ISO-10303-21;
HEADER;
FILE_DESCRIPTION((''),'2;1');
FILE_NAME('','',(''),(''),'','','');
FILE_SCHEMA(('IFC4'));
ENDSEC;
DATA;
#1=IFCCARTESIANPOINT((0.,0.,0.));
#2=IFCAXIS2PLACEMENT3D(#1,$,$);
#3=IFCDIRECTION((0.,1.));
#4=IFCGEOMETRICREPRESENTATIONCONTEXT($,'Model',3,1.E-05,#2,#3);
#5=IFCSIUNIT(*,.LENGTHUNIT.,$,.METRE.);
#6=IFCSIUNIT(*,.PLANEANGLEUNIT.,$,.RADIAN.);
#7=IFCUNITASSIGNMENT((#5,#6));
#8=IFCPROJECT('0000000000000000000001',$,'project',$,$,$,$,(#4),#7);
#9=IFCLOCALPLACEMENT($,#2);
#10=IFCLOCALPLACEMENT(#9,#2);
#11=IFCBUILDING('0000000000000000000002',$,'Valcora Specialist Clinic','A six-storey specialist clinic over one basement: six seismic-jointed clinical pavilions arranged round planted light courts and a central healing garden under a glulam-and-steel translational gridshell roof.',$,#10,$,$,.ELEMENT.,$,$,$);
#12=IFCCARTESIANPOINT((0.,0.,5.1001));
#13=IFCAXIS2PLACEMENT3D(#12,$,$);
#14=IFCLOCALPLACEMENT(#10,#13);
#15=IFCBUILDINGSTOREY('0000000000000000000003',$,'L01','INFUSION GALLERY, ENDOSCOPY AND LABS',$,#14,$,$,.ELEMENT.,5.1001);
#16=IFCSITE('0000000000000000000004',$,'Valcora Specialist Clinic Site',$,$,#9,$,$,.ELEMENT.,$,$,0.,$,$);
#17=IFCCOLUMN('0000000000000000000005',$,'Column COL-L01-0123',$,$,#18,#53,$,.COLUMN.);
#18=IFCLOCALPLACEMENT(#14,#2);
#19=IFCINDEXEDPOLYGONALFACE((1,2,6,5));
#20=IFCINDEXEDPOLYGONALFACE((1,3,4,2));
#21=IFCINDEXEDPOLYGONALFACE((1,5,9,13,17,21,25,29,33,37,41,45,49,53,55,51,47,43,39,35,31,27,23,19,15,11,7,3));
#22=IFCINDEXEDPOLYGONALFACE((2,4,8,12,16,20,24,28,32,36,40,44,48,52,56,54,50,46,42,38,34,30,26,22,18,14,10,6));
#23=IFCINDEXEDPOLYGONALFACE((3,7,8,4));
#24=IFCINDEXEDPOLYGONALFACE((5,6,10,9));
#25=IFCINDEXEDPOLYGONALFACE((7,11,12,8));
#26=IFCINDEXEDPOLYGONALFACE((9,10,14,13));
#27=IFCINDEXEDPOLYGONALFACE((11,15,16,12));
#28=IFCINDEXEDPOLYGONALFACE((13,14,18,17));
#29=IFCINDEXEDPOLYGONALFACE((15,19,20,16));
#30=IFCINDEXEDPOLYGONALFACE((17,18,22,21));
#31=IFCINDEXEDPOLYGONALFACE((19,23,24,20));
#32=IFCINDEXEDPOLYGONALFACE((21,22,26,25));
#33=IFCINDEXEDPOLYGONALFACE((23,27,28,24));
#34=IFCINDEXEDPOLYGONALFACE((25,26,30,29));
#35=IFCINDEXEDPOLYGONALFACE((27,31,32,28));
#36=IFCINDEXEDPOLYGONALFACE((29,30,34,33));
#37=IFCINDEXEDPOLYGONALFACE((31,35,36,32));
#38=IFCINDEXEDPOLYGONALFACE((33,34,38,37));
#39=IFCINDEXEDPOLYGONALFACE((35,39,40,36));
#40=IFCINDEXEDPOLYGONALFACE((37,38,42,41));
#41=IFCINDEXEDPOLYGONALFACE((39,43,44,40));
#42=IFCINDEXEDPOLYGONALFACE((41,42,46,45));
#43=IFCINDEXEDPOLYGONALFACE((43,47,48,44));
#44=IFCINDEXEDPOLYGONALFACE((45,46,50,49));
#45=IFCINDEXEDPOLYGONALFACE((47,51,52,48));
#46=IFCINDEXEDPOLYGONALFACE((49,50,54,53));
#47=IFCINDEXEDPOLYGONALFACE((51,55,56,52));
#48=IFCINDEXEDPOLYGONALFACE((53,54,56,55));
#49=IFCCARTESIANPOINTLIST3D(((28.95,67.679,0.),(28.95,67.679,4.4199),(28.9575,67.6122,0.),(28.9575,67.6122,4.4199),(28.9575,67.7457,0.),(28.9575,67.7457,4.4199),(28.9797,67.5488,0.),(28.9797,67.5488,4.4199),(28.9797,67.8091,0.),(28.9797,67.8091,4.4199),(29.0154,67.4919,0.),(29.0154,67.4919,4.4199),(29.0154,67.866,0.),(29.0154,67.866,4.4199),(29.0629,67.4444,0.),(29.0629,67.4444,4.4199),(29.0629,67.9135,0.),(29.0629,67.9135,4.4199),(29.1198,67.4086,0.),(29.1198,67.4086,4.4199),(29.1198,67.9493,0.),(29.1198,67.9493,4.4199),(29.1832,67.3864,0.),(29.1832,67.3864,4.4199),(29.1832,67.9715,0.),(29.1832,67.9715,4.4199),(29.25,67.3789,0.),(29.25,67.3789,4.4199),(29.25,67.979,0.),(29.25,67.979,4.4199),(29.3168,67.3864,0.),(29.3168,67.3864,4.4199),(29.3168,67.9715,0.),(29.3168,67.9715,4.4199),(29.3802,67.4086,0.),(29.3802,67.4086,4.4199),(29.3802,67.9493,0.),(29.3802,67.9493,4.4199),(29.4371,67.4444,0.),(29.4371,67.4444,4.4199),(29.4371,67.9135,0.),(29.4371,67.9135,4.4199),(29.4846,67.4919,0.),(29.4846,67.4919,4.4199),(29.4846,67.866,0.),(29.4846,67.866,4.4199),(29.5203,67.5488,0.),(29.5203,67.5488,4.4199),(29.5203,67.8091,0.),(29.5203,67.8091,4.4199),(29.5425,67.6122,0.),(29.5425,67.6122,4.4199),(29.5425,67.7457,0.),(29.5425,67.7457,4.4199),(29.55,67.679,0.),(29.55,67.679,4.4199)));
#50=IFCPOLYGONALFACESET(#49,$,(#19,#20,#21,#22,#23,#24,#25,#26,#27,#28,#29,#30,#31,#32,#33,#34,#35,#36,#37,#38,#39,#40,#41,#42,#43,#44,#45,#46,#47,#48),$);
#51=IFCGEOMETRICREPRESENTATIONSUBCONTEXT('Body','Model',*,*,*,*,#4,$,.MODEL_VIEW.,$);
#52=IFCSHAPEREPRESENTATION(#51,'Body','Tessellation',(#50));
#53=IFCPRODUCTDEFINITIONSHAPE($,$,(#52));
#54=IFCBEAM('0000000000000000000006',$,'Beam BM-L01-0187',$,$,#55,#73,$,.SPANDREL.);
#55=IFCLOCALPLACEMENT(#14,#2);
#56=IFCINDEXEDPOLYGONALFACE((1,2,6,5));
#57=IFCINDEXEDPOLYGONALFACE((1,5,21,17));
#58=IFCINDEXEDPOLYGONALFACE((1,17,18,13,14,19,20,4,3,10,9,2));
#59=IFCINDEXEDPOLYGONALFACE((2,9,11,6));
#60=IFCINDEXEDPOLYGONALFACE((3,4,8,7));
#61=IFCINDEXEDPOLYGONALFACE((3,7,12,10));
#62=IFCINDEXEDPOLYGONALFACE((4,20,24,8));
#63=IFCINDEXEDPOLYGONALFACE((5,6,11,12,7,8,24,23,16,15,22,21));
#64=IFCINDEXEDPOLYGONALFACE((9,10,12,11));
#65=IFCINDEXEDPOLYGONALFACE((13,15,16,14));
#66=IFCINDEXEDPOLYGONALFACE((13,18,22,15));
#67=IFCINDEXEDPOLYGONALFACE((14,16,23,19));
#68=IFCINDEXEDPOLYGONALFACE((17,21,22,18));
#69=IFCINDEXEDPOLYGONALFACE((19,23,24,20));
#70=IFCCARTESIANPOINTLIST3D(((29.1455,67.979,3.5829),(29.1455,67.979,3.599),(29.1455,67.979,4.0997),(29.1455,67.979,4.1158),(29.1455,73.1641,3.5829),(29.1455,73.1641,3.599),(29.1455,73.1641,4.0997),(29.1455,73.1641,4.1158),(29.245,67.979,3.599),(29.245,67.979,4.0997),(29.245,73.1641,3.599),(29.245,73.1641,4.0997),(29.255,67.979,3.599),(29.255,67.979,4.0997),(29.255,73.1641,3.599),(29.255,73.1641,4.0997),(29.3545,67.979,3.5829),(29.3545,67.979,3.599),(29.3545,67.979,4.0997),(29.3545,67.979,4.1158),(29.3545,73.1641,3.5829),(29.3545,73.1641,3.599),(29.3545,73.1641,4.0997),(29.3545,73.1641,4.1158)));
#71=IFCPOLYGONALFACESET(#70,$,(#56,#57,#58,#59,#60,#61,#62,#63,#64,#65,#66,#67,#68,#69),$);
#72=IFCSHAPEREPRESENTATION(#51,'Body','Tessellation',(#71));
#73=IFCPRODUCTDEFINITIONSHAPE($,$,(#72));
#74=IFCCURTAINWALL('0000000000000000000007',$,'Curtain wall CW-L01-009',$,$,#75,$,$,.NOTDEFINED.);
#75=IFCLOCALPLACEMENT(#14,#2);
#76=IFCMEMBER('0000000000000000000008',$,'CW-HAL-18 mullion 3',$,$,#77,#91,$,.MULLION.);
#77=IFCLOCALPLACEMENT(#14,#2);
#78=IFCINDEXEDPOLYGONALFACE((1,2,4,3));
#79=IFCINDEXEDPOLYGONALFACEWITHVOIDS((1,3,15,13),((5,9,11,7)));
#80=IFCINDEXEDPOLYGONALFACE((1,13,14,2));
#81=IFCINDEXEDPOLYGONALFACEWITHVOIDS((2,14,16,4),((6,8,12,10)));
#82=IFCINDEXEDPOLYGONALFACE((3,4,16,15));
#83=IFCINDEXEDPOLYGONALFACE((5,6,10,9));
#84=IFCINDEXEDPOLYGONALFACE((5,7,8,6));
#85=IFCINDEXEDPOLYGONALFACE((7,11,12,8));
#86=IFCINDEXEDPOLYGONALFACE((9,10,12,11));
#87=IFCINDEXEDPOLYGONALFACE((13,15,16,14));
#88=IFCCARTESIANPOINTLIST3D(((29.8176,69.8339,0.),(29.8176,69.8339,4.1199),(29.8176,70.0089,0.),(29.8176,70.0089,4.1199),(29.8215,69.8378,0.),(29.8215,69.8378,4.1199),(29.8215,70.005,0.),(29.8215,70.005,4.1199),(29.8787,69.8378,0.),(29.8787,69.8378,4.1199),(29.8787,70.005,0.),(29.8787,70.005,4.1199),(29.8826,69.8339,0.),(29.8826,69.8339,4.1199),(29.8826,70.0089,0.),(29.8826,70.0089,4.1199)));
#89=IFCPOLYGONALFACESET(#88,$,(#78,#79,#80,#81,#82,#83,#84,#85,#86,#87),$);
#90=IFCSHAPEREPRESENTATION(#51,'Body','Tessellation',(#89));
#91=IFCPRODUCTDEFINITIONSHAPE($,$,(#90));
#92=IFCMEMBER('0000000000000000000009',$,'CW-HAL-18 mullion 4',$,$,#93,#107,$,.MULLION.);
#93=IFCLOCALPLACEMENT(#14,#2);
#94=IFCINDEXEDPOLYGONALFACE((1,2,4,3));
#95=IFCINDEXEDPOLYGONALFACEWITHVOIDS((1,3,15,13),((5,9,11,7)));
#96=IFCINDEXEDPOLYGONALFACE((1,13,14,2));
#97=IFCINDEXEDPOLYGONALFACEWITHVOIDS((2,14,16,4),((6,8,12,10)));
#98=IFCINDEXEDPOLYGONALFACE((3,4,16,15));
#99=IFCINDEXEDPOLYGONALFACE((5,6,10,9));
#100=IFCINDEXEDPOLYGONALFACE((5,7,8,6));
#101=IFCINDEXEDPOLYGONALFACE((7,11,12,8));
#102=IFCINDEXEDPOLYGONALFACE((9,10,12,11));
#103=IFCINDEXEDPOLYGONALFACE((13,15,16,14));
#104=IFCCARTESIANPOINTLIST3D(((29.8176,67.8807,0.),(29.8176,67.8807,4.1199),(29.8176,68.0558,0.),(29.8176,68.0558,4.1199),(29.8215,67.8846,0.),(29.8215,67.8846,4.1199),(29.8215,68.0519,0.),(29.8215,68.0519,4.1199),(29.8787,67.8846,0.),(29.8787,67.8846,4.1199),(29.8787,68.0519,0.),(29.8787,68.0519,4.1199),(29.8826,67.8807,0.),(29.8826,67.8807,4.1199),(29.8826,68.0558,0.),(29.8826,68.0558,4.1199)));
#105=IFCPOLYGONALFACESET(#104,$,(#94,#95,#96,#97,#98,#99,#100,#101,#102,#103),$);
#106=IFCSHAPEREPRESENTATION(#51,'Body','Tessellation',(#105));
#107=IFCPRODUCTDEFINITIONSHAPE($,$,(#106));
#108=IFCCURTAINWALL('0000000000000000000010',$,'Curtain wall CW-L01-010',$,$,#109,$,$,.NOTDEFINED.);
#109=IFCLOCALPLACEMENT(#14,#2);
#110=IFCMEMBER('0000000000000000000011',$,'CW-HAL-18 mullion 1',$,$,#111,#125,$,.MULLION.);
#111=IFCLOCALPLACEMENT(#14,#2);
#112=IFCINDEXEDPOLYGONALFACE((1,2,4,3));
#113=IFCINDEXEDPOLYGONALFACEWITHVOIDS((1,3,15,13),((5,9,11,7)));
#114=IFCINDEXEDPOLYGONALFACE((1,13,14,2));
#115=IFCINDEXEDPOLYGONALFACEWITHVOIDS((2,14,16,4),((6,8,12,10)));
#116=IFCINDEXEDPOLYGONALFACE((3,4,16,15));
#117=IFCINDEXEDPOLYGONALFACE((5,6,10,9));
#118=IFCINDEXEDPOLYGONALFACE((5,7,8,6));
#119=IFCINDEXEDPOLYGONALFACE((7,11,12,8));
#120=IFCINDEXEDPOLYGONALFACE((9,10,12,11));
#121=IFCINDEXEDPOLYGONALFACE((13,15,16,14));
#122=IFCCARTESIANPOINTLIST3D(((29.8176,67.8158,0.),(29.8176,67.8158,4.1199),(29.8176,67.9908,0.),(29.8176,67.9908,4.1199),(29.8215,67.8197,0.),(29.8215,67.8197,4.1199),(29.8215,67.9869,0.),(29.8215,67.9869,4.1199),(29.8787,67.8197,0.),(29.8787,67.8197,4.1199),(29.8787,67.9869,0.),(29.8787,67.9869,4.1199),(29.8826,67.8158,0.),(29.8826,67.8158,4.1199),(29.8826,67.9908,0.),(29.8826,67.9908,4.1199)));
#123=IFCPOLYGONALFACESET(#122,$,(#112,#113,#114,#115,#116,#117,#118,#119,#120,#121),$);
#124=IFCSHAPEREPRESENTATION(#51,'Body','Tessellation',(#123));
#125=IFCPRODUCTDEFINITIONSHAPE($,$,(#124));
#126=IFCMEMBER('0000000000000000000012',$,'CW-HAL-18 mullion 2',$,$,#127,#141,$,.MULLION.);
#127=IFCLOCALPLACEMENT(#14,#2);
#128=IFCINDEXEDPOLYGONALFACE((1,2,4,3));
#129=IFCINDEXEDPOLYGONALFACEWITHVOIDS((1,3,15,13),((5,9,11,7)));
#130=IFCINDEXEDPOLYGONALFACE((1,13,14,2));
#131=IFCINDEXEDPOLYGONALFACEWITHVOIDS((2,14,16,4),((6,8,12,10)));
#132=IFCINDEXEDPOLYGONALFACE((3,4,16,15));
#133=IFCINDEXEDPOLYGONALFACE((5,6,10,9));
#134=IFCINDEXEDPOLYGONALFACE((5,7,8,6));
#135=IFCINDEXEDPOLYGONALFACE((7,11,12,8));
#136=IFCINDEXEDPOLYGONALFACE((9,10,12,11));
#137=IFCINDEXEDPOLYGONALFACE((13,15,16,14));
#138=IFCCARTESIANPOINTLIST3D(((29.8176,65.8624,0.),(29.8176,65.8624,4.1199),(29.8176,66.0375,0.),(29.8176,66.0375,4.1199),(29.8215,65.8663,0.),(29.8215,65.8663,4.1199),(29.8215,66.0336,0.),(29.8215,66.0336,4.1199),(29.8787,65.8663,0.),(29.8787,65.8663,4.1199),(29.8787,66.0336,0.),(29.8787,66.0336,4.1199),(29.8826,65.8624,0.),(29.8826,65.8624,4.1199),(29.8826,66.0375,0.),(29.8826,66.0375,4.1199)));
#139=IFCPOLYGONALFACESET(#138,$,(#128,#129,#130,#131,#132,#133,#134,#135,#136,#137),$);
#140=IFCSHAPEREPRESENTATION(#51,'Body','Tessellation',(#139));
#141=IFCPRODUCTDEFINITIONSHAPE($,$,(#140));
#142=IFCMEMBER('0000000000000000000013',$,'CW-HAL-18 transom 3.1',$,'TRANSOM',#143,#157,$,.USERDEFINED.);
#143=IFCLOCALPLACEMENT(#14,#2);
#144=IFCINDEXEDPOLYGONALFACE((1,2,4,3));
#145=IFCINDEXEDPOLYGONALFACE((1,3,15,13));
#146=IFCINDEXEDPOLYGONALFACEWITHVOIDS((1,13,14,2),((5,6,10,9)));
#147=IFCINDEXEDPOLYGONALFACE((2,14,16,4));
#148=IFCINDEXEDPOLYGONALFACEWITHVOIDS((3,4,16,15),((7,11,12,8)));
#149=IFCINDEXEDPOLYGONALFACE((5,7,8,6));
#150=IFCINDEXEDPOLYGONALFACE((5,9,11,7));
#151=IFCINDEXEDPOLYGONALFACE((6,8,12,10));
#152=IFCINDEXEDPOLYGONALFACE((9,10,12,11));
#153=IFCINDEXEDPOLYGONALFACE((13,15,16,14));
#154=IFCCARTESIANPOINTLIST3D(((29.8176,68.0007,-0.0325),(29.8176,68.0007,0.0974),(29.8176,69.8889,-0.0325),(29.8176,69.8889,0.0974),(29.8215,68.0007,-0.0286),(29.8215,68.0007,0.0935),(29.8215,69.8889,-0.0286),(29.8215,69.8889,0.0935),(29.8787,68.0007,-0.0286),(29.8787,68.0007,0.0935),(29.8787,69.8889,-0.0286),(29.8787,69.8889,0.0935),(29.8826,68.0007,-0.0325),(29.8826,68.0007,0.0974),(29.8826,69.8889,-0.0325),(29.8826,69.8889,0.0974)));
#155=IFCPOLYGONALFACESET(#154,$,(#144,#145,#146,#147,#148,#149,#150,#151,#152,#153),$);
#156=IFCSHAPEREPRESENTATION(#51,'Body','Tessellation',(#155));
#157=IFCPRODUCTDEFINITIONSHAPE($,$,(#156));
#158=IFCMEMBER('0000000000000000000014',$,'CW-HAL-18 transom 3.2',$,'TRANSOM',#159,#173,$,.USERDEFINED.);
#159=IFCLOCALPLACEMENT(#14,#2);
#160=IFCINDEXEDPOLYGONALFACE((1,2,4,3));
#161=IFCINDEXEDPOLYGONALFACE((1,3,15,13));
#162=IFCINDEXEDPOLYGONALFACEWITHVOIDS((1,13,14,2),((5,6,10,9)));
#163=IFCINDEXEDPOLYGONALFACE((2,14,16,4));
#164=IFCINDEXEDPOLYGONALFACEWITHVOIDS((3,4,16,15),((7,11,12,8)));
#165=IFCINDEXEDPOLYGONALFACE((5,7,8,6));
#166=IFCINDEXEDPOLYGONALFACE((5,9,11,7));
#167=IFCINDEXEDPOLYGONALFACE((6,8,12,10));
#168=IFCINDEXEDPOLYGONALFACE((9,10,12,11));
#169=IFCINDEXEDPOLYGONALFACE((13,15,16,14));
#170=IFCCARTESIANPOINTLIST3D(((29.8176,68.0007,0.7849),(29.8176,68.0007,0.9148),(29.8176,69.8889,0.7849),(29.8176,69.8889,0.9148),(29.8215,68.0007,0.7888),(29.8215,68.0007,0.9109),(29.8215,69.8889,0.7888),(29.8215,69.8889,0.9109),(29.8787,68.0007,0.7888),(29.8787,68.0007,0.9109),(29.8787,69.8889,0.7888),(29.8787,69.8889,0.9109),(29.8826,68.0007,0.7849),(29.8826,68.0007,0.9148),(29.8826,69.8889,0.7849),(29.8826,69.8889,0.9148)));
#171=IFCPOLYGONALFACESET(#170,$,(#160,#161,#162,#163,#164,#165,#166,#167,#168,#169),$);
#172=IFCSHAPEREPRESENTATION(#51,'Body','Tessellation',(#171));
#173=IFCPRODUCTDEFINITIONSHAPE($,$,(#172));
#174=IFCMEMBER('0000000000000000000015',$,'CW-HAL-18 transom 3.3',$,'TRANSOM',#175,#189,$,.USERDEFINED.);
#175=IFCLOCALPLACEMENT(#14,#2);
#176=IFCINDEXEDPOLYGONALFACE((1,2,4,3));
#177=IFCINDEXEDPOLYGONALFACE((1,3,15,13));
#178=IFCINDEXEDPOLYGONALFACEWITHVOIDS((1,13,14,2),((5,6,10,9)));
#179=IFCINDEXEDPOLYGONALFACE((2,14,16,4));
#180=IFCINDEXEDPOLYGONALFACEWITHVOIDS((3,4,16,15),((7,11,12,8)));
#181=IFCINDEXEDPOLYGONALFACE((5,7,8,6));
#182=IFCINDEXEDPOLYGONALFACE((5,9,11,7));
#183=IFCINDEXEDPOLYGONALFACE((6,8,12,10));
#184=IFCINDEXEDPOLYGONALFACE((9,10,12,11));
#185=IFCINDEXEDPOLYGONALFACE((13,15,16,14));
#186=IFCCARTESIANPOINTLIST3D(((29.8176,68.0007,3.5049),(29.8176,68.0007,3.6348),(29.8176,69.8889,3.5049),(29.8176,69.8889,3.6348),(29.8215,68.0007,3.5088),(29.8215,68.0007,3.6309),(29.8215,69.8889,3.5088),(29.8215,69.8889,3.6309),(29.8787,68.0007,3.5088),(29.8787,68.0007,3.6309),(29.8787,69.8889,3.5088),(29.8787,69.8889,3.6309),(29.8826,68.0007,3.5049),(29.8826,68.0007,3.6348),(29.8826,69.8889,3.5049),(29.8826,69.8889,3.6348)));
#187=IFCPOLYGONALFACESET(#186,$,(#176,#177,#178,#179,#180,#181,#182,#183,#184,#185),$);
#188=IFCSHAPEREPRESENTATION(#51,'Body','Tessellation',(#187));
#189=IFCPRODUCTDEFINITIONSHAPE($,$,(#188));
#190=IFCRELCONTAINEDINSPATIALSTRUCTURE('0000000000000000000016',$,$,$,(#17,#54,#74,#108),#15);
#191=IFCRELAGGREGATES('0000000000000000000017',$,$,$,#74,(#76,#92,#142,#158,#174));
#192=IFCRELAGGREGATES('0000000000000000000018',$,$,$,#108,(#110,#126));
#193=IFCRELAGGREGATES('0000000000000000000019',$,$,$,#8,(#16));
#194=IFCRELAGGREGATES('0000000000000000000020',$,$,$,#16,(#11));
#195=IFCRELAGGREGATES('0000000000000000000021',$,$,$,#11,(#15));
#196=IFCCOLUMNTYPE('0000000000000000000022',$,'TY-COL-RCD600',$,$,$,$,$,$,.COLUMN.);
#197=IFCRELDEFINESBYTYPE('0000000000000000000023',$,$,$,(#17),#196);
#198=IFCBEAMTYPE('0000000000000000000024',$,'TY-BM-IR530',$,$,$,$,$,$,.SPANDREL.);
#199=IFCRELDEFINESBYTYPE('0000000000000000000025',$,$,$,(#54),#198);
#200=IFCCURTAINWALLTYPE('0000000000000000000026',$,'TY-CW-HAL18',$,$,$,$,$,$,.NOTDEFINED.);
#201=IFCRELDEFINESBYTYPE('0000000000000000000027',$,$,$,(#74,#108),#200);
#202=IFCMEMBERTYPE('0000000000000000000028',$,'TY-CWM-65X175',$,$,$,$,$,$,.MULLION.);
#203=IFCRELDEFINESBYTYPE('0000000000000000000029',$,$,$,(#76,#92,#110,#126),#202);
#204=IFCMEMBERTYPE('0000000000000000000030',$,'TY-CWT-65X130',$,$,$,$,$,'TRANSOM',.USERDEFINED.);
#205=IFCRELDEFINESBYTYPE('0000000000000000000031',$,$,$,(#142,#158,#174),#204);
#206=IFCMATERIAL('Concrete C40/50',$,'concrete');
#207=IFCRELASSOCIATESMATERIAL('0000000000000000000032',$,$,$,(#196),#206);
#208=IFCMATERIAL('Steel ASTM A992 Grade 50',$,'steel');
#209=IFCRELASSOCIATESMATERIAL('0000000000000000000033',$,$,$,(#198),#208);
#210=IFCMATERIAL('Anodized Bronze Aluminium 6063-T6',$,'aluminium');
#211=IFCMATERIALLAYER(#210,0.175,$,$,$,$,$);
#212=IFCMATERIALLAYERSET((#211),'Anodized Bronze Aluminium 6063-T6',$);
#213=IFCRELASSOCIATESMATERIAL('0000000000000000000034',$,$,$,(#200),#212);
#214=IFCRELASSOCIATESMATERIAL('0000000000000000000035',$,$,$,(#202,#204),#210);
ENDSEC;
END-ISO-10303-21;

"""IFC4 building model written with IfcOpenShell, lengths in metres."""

from ifc_helpers import new_model, si_unit, direction, frame, origin, origin_2d, place, context, subcontext, project, spatial, hollow_rectangle, circle, i_section, extrude, material, layer, layer_set, material_profile, profile_set, type_object, element, aggregate, save


model = new_model("IFC4")

# Units and contexts
model_context = context("Model", 3, precision=1e-05, world=origin(), true_north=direction((0.0, 1.0)))
body_context = subcontext(model_context, "Body", "Model", "MODEL_VIEW")
ifc_project = project(units=[si_unit("LENGTHUNIT", "METRE"), si_unit("PLANEANGLEUNIT", "RADIAN")], contexts=[model_context])

# Site, building, storey
site_placement = place(None, origin())
site = spatial("IfcSite", under=ifc_project, at=site_placement, Name="Valcora Specialist Clinic Site", CompositionType="ELEMENT", RefElevation=0.0)
building_placement = place(site_placement, origin())
building = spatial("IfcBuilding", under=site, at=building_placement, Name="Valcora Specialist Clinic", Description="A six-storey specialist clinic over one basement: six seismic-jointed clinical pavilions arranged round planted light courts and a central healing garden under a glulam-and-steel translational gridshell roof.", CompositionType="ELEMENT")
storey_placement = place(building_placement, frame((0.0, 0.0, 5.1001)))
storey = spatial("IfcBuildingStorey", under=building, at=storey_placement, Name="L01", Description="INFUSION GALLERY, ENDOSCOPY AND LABS", CompositionType="ELEMENT", Elevation=5.1001)

# Column
ifc_material_1 = material(Name="Concrete C40/50", Category="concrete")
ifc_material_profile_1 = material_profile(ifc_material_1, circle(Radius=0.3, at=origin_2d()), Name="RC-COL-D600")
ifc_profile_set_1 = profile_set([ifc_material_profile_1], Name="Concrete C40/50")
column_type = type_object("IfcColumnType", Name="TY-COL-RCD600", PredefinedType="COLUMN", material=ifc_profile_set_1)
column_placement = place(storey_placement, frame((29.25, 67.679, 0.0), z_axis=(0.0, 0.0, 1.0), x_axis=(1.0, 0.0, 0.0)))
element("IfcColumn", 1, at=column_placement, inside=storey, type_object=column_type, Name="Column COL-L01-0123", PredefinedType="COLUMN", context=body_context, shape_type="SweptSolid", body=[
    extrude(circle(Radius=0.3, at=origin_2d()), origin(), (0.0, 0.0, 1.0), 4.4199),
])

# Beam
ifc_material_2 = material(Name="Steel ASTM A992 Grade 50", Category="steel")
ifc_material_profile_2 = material_profile(ifc_material_2, i_section(OverallWidth=0.209, OverallDepth=0.533, WebThickness=0.01, FlangeThickness=0.0161, at=origin_2d()), Name="ST-IR-530X210")
ifc_profile_set_2 = profile_set([ifc_material_profile_2], Name="Steel ASTM A992 Grade 50")
beam_type = type_object("IfcBeamType", Name="TY-BM-IR530", PredefinedType="SPANDREL", material=ifc_profile_set_2)
beam_placement = place(storey_placement, frame((29.25, 67.979, 3.8494), z_axis=(0.0, 1.0, 0.0), x_axis=(-1.0, 0.0, 0.0)))
element("IfcBeam", 2, at=beam_placement, inside=storey, type_object=beam_type, Name="Beam BM-L01-0187", PredefinedType="SPANDREL", context=body_context, shape_type="SweptSolid", body=[
    extrude(i_section(OverallWidth=0.209, OverallDepth=0.533, WebThickness=0.01, FlangeThickness=0.0161, at=origin_2d()), origin(), (0.0, 0.0, 1.0), 5.1851),
])

# Curtain walls, members
ifc_material_3 = material(Name="Anodized Bronze Aluminium 6063-T6", Category="aluminium")
ifc_layer_1 = layer(ifc_material_3, 0.175)
ifc_layer_set_1 = layer_set([ifc_layer_1], Name="Anodized Bronze Aluminium 6063-T6")
curtain_wall_type = type_object("IfcCurtainWallType", Name="TY-CW-HAL18", PredefinedType="NOTDEFINED", material=ifc_layer_set_1)
curtain_wall_1_placement = place(storey_placement, origin())
curtain_wall_1 = element("IfcCurtainWall", 3, at=curtain_wall_1_placement, inside=storey, type_object=curtain_wall_type, Name="Curtain wall CW-L01-009", PredefinedType="NOTDEFINED")
ifc_material_profile_3 = material_profile(ifc_material_3, hollow_rectangle(XDim=0.0649, YDim=0.175, WallThickness=0.0039, at=origin_2d()), Name="AL-MUL-65X175")
ifc_profile_set_3 = profile_set([ifc_material_profile_3], Name="Anodized Bronze Aluminium 6063-T6")
member_type_1 = type_object("IfcMemberType", Name="TY-CWM-65X175", PredefinedType="MULLION", material=ifc_profile_set_3)
member_1_placement = place(storey_placement, frame((29.8501, 69.9214, 0.0), z_axis=(0.0, 0.0, 1.0), x_axis=(1.0, 0.0, 0.0)))
member_1 = element("IfcMember", 4, at=member_1_placement, type_object=member_type_1, Name="CW-HAL-18 mullion 3", PredefinedType="MULLION", context=body_context, shape_type="SweptSolid", body=[
    extrude(hollow_rectangle(XDim=0.0649, YDim=0.175, WallThickness=0.0039, at=origin_2d()), origin(), (0.0, 0.0, 1.0), 4.1199),
])
member_2_placement = place(storey_placement, frame((29.8501, 67.9683, 0.0), z_axis=(0.0, 0.0, 1.0), x_axis=(1.0, 0.0, 0.0)))
member_2 = element("IfcMember", 5, at=member_2_placement, type_object=member_type_1, Name="CW-HAL-18 mullion 4", PredefinedType="MULLION", context=body_context, shape_type="SweptSolid", body=[
    extrude(hollow_rectangle(XDim=0.0649, YDim=0.175, WallThickness=0.0039, at=origin_2d()), origin(), (0.0, 0.0, 1.0), 4.1199),
])
curtain_wall_2_placement = place(storey_placement, origin())
curtain_wall_2 = element("IfcCurtainWall", 6, at=curtain_wall_2_placement, inside=storey, type_object=curtain_wall_type, Name="Curtain wall CW-L01-010", PredefinedType="NOTDEFINED")
member_3_placement = place(storey_placement, frame((29.8501, 67.9033, 0.0), z_axis=(0.0, 0.0, 1.0), x_axis=(1.0, 0.0, 0.0)))
member_3 = element("IfcMember", 7, at=member_3_placement, type_object=member_type_1, Name="CW-HAL-18 mullion 1", PredefinedType="MULLION", context=body_context, shape_type="SweptSolid", body=[
    extrude(hollow_rectangle(XDim=0.0649, YDim=0.175, WallThickness=0.0039, at=origin_2d()), origin(), (0.0, 0.0, 1.0), 4.1199),
])
member_4_placement = place(storey_placement, frame((29.8501, 65.95, 0.0), z_axis=(0.0, 0.0, 1.0), x_axis=(1.0, 0.0, 0.0)))
member_4 = element("IfcMember", 8, at=member_4_placement, type_object=member_type_1, Name="CW-HAL-18 mullion 2", PredefinedType="MULLION", context=body_context, shape_type="SweptSolid", body=[
    extrude(hollow_rectangle(XDim=0.0649, YDim=0.175, WallThickness=0.0039, at=origin_2d()), origin(), (0.0, 0.0, 1.0), 4.1199),
])

# Members
ifc_material_profile_4 = material_profile(ifc_material_3, hollow_rectangle(XDim=0.0649, YDim=0.1299, WallThickness=0.0039, at=origin_2d()), Name="AL-TRN-65X130")
ifc_profile_set_4 = profile_set([ifc_material_profile_4], Name="Anodized Bronze Aluminium 6063-T6")
member_type_2 = type_object("IfcMemberType", Name="TY-CWT-65X130", ElementType="TRANSOM", PredefinedType="USERDEFINED", material=ifc_profile_set_4)
member_5_placement = place(storey_placement, frame((29.8501, 69.8889, 0.0325), z_axis=(0.0, -1.0, 0.0), x_axis=(1.0, 0.0, 0.0)))
member_5 = element("IfcMember", 9, at=member_5_placement, type_object=member_type_2, Name="CW-HAL-18 transom 3.1", ObjectType="TRANSOM", PredefinedType="USERDEFINED", context=body_context, shape_type="SweptSolid", body=[
    extrude(hollow_rectangle(XDim=0.0649, YDim=0.1299, WallThickness=0.0039, at=origin_2d()), origin(), (0.0, 0.0, 1.0), 1.8882),
])
member_6_placement = place(storey_placement, frame((29.8501, 69.8889, 0.8499), z_axis=(0.0, -1.0, 0.0), x_axis=(1.0, 0.0, 0.0)))
member_6 = element("IfcMember", 10, at=member_6_placement, type_object=member_type_2, Name="CW-HAL-18 transom 3.2", ObjectType="TRANSOM", PredefinedType="USERDEFINED", context=body_context, shape_type="SweptSolid", body=[
    extrude(hollow_rectangle(XDim=0.0649, YDim=0.1299, WallThickness=0.0039, at=origin_2d()), origin(), (0.0, 0.0, 1.0), 1.8882),
])
member_7_placement = place(storey_placement, frame((29.8501, 69.8889, 3.5698), z_axis=(0.0, -1.0, 0.0), x_axis=(1.0, 0.0, 0.0)))
member_7 = element("IfcMember", 11, at=member_7_placement, type_object=member_type_2, Name="CW-HAL-18 transom 3.3", ObjectType="TRANSOM", PredefinedType="USERDEFINED", context=body_context, shape_type="SweptSolid", body=[
    extrude(hollow_rectangle(XDim=0.0649, YDim=0.1299, WallThickness=0.0039, at=origin_2d()), origin(), (0.0, 0.0, 1.0), 1.8882),
])

aggregate(curtain_wall_1, [member_1, member_2, member_5, member_6, member_7])
aggregate(curtain_wall_2, [member_3, member_4])

save(model, "model.ifc")
